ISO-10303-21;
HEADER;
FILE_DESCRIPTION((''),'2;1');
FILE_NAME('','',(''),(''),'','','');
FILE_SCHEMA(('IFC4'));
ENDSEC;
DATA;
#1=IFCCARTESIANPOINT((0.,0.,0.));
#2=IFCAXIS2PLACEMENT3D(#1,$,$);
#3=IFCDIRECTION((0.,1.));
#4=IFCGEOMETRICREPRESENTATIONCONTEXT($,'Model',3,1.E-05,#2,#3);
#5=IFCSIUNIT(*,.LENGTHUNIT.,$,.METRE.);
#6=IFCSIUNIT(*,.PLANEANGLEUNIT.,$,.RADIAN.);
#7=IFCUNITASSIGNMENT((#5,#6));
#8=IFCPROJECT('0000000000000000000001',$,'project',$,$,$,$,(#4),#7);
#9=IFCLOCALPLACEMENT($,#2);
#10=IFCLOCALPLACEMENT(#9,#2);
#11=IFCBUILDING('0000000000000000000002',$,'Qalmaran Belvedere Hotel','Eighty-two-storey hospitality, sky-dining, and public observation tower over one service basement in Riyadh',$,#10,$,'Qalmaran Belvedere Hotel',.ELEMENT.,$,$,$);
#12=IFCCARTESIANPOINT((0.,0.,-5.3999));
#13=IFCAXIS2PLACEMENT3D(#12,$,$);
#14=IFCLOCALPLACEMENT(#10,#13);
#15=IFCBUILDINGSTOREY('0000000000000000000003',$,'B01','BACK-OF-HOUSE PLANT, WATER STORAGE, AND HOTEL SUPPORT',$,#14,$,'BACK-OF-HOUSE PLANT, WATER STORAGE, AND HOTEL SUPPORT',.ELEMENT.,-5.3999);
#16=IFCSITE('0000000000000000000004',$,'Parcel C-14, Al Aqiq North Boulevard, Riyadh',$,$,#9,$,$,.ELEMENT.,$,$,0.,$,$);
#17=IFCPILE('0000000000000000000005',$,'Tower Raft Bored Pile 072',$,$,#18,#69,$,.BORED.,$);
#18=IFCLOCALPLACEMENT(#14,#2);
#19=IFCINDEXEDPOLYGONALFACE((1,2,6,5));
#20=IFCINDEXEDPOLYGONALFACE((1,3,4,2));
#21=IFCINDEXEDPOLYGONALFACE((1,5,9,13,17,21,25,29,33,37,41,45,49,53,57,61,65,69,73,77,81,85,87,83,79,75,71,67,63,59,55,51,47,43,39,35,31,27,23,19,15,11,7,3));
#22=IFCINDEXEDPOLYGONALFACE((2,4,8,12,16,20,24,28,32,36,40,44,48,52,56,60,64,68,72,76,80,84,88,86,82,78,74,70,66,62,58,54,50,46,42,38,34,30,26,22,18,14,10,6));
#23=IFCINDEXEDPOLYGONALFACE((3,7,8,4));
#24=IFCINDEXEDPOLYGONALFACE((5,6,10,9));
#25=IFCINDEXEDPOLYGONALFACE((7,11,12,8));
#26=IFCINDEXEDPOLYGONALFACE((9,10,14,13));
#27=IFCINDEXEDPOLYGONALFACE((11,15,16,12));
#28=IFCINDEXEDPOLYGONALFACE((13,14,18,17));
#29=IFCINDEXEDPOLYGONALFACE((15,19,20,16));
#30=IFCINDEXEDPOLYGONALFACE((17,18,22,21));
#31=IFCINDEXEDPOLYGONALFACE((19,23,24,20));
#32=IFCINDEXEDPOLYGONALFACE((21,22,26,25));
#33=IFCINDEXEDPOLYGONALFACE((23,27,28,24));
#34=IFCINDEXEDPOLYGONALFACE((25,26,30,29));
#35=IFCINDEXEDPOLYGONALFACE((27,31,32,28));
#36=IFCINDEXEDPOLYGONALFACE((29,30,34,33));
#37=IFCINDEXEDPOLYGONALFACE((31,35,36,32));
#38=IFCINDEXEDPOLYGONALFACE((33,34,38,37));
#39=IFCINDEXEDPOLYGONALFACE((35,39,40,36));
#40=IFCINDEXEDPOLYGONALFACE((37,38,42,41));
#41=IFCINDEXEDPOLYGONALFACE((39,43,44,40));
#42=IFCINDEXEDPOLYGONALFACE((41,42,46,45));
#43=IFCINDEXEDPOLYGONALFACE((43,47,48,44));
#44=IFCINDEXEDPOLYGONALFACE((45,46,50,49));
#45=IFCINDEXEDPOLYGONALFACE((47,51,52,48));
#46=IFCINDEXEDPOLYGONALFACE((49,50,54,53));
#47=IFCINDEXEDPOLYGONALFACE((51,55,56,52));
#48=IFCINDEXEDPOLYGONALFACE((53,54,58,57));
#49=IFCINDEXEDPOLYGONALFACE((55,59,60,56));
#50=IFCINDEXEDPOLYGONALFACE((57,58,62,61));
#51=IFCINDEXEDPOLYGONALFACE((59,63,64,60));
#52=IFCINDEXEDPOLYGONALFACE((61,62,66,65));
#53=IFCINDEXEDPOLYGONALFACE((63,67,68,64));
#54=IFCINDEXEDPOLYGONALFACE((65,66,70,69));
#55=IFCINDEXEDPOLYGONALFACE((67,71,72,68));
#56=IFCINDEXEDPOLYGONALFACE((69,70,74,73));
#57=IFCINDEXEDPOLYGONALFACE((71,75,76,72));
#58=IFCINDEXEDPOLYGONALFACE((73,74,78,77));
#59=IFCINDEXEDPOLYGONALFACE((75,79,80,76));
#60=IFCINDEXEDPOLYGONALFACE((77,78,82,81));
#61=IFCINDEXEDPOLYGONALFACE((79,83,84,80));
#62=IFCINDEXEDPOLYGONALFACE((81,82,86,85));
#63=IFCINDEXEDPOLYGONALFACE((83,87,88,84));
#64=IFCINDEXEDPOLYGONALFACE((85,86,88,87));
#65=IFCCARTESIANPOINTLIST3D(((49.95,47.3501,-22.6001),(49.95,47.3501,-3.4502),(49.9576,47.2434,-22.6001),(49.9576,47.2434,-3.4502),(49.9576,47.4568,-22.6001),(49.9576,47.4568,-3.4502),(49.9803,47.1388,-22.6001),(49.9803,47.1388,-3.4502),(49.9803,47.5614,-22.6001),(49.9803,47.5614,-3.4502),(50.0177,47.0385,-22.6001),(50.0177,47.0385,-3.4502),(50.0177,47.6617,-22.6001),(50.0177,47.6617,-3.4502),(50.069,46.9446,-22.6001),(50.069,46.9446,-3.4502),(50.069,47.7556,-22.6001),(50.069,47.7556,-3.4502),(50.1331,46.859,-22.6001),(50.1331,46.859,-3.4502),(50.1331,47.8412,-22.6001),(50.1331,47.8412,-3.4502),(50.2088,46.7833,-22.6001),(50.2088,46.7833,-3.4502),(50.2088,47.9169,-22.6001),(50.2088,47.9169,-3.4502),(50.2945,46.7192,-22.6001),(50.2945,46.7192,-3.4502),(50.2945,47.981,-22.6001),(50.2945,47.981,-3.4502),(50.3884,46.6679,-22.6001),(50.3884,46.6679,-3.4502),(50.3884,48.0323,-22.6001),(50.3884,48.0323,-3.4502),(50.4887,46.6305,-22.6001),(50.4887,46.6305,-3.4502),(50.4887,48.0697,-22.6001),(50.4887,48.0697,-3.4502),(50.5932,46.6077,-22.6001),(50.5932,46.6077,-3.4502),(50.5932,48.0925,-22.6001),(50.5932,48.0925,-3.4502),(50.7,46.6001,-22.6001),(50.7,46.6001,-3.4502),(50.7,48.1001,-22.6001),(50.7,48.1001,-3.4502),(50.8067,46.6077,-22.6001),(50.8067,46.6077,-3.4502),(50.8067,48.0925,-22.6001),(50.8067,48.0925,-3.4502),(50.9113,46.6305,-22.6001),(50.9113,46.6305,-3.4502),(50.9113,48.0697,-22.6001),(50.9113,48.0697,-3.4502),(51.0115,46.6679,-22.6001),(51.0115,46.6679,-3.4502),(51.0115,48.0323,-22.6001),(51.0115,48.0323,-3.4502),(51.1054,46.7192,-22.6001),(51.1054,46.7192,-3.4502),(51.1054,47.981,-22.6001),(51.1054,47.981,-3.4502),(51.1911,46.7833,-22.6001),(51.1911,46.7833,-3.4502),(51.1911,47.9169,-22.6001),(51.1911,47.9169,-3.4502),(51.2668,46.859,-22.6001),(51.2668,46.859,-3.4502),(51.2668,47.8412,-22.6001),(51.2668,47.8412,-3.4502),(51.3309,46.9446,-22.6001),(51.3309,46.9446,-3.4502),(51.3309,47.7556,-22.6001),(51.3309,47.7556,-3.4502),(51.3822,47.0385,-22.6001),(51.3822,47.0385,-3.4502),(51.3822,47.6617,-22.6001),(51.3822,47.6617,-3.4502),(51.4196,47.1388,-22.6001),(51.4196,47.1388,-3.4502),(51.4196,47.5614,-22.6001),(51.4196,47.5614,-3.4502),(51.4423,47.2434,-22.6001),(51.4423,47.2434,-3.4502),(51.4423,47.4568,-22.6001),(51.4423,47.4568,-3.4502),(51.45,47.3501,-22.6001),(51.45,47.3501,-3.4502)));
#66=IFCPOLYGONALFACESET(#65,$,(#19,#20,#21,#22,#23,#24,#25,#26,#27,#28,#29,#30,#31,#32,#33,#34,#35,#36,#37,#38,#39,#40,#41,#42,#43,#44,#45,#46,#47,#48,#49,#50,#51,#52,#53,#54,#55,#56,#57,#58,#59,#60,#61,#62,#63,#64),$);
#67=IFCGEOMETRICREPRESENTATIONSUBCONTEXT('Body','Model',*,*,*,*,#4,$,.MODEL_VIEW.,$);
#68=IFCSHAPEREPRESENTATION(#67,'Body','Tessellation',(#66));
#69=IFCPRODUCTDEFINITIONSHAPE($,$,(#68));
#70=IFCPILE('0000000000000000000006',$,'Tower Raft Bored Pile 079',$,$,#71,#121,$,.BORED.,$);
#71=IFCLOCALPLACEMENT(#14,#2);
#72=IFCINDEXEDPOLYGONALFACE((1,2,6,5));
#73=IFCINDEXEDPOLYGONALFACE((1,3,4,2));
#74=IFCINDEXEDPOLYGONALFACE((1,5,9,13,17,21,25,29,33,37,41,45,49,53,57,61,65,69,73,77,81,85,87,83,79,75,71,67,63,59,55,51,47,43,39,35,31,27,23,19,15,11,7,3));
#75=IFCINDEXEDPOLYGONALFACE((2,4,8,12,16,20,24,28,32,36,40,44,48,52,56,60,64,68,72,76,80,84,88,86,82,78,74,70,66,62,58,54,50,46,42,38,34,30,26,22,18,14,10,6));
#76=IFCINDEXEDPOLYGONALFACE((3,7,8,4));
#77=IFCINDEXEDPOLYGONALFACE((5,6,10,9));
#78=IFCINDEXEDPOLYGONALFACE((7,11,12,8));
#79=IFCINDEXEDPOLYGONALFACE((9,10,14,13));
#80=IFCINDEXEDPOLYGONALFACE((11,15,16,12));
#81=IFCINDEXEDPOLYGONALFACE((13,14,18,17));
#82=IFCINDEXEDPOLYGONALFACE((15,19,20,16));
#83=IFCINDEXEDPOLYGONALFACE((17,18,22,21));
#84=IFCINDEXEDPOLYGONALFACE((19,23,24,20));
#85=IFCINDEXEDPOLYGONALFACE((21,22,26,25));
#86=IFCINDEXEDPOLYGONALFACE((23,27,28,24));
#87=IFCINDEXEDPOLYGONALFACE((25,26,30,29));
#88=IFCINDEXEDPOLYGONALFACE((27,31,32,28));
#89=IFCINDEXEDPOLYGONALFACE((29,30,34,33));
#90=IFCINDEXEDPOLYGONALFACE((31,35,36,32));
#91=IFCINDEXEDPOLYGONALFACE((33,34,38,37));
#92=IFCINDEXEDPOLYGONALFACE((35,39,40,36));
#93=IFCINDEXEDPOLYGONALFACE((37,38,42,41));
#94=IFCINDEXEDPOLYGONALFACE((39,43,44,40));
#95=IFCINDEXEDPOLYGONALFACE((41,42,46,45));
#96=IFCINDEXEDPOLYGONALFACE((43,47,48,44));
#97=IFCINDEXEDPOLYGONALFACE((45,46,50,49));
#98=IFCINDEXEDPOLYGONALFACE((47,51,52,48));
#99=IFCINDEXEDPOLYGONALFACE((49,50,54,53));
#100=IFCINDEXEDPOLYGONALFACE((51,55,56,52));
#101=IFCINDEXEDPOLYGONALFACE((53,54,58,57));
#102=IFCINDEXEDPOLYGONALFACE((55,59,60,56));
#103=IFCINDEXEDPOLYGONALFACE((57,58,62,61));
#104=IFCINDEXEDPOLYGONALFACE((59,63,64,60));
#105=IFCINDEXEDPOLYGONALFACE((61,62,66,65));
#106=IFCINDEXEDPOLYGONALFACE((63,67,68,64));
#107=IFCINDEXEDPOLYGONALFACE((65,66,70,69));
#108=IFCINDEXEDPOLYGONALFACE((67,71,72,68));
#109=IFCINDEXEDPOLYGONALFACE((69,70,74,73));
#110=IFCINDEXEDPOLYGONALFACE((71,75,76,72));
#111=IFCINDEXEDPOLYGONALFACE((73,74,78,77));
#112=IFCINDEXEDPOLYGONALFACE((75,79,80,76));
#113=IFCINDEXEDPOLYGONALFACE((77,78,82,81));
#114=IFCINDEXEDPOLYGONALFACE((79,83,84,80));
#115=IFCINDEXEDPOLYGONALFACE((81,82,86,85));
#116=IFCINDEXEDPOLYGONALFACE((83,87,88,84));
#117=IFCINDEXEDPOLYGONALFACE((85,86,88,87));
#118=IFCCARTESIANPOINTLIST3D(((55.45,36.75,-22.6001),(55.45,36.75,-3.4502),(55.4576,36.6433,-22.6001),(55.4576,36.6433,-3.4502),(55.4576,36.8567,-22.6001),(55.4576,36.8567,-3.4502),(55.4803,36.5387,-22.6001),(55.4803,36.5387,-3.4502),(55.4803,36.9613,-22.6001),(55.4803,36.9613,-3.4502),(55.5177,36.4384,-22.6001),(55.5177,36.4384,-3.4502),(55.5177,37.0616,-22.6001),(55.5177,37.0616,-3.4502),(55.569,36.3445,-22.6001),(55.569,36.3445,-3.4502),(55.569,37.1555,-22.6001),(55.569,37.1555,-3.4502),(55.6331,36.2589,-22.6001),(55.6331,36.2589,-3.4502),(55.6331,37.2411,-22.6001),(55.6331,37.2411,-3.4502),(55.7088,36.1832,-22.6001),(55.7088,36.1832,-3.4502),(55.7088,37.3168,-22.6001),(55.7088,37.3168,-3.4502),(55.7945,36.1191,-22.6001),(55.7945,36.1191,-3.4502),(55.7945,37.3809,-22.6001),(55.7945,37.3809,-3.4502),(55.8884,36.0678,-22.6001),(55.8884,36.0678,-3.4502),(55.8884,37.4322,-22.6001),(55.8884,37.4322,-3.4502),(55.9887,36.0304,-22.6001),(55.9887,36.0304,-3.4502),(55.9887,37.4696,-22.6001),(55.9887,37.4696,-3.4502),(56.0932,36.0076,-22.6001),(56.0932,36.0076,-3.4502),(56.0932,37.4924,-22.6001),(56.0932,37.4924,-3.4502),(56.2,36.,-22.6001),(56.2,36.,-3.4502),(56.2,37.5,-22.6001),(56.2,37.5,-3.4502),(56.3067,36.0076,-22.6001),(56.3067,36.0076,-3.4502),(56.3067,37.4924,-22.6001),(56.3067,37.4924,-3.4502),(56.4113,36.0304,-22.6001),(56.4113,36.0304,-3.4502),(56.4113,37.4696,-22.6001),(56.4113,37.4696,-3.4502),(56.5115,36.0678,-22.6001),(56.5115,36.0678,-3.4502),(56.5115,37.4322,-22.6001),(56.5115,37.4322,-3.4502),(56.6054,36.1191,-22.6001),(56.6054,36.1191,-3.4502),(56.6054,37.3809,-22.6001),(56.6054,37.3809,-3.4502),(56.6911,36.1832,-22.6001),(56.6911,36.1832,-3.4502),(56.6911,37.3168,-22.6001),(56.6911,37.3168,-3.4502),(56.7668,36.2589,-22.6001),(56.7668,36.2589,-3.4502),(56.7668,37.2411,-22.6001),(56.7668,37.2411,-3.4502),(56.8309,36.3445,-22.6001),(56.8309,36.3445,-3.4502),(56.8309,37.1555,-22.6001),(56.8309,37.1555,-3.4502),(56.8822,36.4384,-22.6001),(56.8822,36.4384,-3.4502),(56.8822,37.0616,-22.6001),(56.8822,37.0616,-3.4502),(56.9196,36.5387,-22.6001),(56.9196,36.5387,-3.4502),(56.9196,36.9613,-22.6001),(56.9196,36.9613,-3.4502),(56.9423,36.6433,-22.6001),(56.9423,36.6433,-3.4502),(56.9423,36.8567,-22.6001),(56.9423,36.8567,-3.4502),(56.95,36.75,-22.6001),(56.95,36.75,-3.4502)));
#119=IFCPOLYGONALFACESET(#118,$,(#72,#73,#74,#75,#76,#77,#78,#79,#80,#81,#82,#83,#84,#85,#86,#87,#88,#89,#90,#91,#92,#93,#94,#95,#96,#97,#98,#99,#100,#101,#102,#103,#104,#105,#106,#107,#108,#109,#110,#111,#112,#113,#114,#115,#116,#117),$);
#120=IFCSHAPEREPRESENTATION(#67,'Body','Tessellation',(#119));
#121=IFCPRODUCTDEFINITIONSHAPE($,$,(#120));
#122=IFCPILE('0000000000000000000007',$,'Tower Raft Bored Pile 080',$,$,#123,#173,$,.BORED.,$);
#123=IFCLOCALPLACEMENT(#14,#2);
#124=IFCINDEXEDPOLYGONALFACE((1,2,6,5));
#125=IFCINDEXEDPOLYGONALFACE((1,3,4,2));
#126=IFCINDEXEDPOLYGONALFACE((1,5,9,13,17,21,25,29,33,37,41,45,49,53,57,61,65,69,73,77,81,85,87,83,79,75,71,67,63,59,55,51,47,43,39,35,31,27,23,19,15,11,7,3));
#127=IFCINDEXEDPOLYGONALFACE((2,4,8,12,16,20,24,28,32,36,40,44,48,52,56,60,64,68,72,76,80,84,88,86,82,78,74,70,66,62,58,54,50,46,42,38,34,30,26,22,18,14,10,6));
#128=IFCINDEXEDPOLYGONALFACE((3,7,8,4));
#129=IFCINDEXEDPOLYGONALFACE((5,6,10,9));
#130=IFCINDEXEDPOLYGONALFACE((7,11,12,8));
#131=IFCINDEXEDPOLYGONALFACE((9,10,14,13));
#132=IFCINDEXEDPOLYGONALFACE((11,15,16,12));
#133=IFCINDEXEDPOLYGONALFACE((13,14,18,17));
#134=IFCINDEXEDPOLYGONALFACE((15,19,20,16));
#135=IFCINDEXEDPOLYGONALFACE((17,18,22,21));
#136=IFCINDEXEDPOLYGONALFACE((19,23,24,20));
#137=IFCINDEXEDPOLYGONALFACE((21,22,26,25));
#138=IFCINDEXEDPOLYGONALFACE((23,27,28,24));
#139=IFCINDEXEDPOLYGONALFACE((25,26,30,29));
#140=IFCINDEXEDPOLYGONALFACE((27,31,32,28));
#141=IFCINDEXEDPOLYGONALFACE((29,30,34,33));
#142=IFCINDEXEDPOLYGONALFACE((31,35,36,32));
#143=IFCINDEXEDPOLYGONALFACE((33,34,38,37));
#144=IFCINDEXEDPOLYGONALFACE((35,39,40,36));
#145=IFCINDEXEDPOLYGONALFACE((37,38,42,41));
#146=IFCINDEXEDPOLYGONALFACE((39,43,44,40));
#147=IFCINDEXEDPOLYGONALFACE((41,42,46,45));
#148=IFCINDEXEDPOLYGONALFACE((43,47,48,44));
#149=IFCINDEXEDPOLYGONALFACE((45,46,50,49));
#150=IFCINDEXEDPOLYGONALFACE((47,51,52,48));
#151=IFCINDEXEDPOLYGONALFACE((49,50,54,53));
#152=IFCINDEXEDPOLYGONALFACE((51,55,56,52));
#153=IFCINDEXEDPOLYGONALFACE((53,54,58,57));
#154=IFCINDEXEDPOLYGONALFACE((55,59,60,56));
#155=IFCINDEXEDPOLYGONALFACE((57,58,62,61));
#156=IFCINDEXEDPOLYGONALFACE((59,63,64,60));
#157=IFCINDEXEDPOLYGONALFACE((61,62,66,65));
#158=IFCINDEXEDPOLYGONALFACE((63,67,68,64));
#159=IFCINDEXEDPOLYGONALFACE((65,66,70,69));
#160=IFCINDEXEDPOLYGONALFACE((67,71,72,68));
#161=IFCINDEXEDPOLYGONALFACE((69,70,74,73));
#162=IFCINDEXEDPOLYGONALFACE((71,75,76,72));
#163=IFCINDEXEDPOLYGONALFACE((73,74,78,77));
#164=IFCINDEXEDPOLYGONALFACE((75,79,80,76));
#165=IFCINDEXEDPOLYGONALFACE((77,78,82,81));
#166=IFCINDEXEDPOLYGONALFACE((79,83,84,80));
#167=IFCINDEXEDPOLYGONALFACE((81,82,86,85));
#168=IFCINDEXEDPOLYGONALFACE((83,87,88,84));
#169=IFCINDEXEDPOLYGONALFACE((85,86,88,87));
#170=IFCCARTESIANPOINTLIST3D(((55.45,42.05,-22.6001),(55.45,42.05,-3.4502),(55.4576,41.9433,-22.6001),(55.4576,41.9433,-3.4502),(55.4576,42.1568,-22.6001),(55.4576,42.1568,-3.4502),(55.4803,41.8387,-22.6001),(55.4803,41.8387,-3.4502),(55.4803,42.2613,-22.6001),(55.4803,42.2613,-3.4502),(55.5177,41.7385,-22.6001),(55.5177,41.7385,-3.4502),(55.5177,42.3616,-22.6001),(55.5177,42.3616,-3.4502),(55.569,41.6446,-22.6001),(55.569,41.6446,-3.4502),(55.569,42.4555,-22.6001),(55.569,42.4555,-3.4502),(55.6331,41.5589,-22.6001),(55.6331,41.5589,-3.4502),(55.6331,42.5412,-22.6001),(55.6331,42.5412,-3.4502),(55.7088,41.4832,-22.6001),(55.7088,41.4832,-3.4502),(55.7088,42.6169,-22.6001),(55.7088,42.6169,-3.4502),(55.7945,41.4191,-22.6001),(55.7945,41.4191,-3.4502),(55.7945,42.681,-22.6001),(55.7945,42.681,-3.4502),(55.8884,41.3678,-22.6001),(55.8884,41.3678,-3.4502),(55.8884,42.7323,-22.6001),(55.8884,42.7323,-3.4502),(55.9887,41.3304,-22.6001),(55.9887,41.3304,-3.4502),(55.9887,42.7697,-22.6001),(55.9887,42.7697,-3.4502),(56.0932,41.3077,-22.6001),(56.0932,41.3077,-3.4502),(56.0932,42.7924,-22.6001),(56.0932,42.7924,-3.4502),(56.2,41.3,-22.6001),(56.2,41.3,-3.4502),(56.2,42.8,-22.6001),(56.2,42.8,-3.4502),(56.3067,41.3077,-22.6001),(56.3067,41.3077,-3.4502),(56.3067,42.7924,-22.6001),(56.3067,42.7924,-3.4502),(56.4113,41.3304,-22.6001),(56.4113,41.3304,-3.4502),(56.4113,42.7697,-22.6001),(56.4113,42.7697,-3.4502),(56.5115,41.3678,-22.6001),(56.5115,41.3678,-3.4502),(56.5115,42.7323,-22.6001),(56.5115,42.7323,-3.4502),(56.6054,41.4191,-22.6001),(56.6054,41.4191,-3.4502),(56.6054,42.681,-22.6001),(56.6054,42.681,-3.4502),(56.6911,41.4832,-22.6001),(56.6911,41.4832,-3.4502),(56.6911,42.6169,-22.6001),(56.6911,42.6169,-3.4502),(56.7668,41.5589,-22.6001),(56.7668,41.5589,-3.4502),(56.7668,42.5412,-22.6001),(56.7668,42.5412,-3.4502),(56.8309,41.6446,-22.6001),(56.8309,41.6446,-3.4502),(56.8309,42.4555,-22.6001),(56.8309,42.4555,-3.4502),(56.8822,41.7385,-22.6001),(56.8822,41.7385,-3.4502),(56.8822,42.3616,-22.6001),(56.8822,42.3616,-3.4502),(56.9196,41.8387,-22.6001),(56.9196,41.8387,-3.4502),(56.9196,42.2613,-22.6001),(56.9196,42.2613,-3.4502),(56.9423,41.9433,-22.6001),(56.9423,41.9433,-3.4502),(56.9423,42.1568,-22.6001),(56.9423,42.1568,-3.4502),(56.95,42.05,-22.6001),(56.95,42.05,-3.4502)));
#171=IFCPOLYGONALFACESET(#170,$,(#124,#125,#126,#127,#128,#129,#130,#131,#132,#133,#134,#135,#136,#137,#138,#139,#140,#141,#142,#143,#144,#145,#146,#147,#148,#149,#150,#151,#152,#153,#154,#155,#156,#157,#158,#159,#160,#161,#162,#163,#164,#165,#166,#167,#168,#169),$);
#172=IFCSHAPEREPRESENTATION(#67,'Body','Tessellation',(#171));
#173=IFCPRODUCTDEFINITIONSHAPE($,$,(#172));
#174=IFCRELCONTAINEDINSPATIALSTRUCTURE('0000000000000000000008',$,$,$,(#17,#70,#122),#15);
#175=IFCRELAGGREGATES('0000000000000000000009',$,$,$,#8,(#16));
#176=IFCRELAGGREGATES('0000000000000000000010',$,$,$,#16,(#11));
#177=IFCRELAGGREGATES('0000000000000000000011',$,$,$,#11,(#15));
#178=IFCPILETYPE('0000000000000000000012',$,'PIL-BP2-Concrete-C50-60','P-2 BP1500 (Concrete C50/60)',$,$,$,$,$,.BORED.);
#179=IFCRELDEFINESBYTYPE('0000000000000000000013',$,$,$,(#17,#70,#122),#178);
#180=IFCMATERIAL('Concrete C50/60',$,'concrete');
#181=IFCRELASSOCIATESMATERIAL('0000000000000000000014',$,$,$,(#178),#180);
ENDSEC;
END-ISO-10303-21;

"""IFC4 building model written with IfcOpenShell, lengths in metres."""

from ifc_helpers import new_model, si_unit, direction, frame, origin, origin_2d, place, context, subcontext, project, spatial, circle, extrude, material, material_profile, profile_set, type_object, element, save


model = new_model("IFC4")

# Units and contexts
model_context = context("Model", 3, precision=1e-05, world=origin(), true_north=direction((0.0, 1.0)))
body_context = subcontext(model_context, "Body", "Model", "MODEL_VIEW")
ifc_project = project(units=[si_unit("LENGTHUNIT", "METRE"), si_unit("PLANEANGLEUNIT", "RADIAN")], contexts=[model_context])

# Site, building, storey
site_placement = place(None, origin())
site = spatial("IfcSite", under=ifc_project, at=site_placement, Name="Parcel C-14, Al Aqiq North Boulevard, Riyadh", CompositionType="ELEMENT", RefElevation=0.0)
building_placement = place(site_placement, origin())
building = spatial("IfcBuilding", under=site, at=building_placement, Name="Qalmaran Belvedere Hotel", Description="Eighty-two-storey hospitality, sky-dining, and public observation tower over one service basement in Riyadh", LongName="Qalmaran Belvedere Hotel", CompositionType="ELEMENT")
storey_placement = place(building_placement, frame((0.0, 0.0, -5.3999)))
storey = spatial("IfcBuildingStorey", under=building, at=storey_placement, Name="B01", Description="BACK-OF-HOUSE PLANT, WATER STORAGE, AND HOTEL SUPPORT", LongName="BACK-OF-HOUSE PLANT, WATER STORAGE, AND HOTEL SUPPORT", CompositionType="ELEMENT", Elevation=-5.3999)

# Shared definitions
ifc_material_1 = material(Name="Concrete C50/60", Category="concrete")

# Piles
ifc_material_profile_1 = material_profile(ifc_material_1, circle(Radius=0.75, at=origin_2d()), Name="BP1500")
ifc_profile_set_1 = profile_set([ifc_material_profile_1], Name="Concrete C50/60")
pile_type_1 = type_object("IfcPileType", Name="PIL-BP2-Concrete-C50-60", Description="P-2 BP1500 (Concrete C50/60)", PredefinedType="BORED", material=ifc_profile_set_1)
for number, where, z_axis, x_axis, name in (
    (1, (50.7, 47.3501, -3.4502), (0.0, 0.0, -1.0), (1.0, 0.0, 0.0), "Tower Raft Bored Pile 072"),
    (2, (56.2, 36.75, -3.4502), (0.0, 0.0, -1.0), (1.0, 0.0, 0.0), "Tower Raft Bored Pile 079"),
    (3, (56.2, 42.05, -3.4502), (0.0, 0.0, -1.0), (1.0, 0.0, 0.0), "Tower Raft Bored Pile 080"),
):
    element("IfcPile", number, at=place(storey_placement, frame(where, z_axis=z_axis, x_axis=x_axis)), inside=storey, type_object=pile_type_1, Name=name, PredefinedType="BORED", context=body_context, shape_type="SweptSolid", body=[
        extrude(circle(Radius=0.75, at=origin_2d()), origin(), (0.0, 0.0, 1.0), 19.1499),
    ])

save(model, "model.ifc")
